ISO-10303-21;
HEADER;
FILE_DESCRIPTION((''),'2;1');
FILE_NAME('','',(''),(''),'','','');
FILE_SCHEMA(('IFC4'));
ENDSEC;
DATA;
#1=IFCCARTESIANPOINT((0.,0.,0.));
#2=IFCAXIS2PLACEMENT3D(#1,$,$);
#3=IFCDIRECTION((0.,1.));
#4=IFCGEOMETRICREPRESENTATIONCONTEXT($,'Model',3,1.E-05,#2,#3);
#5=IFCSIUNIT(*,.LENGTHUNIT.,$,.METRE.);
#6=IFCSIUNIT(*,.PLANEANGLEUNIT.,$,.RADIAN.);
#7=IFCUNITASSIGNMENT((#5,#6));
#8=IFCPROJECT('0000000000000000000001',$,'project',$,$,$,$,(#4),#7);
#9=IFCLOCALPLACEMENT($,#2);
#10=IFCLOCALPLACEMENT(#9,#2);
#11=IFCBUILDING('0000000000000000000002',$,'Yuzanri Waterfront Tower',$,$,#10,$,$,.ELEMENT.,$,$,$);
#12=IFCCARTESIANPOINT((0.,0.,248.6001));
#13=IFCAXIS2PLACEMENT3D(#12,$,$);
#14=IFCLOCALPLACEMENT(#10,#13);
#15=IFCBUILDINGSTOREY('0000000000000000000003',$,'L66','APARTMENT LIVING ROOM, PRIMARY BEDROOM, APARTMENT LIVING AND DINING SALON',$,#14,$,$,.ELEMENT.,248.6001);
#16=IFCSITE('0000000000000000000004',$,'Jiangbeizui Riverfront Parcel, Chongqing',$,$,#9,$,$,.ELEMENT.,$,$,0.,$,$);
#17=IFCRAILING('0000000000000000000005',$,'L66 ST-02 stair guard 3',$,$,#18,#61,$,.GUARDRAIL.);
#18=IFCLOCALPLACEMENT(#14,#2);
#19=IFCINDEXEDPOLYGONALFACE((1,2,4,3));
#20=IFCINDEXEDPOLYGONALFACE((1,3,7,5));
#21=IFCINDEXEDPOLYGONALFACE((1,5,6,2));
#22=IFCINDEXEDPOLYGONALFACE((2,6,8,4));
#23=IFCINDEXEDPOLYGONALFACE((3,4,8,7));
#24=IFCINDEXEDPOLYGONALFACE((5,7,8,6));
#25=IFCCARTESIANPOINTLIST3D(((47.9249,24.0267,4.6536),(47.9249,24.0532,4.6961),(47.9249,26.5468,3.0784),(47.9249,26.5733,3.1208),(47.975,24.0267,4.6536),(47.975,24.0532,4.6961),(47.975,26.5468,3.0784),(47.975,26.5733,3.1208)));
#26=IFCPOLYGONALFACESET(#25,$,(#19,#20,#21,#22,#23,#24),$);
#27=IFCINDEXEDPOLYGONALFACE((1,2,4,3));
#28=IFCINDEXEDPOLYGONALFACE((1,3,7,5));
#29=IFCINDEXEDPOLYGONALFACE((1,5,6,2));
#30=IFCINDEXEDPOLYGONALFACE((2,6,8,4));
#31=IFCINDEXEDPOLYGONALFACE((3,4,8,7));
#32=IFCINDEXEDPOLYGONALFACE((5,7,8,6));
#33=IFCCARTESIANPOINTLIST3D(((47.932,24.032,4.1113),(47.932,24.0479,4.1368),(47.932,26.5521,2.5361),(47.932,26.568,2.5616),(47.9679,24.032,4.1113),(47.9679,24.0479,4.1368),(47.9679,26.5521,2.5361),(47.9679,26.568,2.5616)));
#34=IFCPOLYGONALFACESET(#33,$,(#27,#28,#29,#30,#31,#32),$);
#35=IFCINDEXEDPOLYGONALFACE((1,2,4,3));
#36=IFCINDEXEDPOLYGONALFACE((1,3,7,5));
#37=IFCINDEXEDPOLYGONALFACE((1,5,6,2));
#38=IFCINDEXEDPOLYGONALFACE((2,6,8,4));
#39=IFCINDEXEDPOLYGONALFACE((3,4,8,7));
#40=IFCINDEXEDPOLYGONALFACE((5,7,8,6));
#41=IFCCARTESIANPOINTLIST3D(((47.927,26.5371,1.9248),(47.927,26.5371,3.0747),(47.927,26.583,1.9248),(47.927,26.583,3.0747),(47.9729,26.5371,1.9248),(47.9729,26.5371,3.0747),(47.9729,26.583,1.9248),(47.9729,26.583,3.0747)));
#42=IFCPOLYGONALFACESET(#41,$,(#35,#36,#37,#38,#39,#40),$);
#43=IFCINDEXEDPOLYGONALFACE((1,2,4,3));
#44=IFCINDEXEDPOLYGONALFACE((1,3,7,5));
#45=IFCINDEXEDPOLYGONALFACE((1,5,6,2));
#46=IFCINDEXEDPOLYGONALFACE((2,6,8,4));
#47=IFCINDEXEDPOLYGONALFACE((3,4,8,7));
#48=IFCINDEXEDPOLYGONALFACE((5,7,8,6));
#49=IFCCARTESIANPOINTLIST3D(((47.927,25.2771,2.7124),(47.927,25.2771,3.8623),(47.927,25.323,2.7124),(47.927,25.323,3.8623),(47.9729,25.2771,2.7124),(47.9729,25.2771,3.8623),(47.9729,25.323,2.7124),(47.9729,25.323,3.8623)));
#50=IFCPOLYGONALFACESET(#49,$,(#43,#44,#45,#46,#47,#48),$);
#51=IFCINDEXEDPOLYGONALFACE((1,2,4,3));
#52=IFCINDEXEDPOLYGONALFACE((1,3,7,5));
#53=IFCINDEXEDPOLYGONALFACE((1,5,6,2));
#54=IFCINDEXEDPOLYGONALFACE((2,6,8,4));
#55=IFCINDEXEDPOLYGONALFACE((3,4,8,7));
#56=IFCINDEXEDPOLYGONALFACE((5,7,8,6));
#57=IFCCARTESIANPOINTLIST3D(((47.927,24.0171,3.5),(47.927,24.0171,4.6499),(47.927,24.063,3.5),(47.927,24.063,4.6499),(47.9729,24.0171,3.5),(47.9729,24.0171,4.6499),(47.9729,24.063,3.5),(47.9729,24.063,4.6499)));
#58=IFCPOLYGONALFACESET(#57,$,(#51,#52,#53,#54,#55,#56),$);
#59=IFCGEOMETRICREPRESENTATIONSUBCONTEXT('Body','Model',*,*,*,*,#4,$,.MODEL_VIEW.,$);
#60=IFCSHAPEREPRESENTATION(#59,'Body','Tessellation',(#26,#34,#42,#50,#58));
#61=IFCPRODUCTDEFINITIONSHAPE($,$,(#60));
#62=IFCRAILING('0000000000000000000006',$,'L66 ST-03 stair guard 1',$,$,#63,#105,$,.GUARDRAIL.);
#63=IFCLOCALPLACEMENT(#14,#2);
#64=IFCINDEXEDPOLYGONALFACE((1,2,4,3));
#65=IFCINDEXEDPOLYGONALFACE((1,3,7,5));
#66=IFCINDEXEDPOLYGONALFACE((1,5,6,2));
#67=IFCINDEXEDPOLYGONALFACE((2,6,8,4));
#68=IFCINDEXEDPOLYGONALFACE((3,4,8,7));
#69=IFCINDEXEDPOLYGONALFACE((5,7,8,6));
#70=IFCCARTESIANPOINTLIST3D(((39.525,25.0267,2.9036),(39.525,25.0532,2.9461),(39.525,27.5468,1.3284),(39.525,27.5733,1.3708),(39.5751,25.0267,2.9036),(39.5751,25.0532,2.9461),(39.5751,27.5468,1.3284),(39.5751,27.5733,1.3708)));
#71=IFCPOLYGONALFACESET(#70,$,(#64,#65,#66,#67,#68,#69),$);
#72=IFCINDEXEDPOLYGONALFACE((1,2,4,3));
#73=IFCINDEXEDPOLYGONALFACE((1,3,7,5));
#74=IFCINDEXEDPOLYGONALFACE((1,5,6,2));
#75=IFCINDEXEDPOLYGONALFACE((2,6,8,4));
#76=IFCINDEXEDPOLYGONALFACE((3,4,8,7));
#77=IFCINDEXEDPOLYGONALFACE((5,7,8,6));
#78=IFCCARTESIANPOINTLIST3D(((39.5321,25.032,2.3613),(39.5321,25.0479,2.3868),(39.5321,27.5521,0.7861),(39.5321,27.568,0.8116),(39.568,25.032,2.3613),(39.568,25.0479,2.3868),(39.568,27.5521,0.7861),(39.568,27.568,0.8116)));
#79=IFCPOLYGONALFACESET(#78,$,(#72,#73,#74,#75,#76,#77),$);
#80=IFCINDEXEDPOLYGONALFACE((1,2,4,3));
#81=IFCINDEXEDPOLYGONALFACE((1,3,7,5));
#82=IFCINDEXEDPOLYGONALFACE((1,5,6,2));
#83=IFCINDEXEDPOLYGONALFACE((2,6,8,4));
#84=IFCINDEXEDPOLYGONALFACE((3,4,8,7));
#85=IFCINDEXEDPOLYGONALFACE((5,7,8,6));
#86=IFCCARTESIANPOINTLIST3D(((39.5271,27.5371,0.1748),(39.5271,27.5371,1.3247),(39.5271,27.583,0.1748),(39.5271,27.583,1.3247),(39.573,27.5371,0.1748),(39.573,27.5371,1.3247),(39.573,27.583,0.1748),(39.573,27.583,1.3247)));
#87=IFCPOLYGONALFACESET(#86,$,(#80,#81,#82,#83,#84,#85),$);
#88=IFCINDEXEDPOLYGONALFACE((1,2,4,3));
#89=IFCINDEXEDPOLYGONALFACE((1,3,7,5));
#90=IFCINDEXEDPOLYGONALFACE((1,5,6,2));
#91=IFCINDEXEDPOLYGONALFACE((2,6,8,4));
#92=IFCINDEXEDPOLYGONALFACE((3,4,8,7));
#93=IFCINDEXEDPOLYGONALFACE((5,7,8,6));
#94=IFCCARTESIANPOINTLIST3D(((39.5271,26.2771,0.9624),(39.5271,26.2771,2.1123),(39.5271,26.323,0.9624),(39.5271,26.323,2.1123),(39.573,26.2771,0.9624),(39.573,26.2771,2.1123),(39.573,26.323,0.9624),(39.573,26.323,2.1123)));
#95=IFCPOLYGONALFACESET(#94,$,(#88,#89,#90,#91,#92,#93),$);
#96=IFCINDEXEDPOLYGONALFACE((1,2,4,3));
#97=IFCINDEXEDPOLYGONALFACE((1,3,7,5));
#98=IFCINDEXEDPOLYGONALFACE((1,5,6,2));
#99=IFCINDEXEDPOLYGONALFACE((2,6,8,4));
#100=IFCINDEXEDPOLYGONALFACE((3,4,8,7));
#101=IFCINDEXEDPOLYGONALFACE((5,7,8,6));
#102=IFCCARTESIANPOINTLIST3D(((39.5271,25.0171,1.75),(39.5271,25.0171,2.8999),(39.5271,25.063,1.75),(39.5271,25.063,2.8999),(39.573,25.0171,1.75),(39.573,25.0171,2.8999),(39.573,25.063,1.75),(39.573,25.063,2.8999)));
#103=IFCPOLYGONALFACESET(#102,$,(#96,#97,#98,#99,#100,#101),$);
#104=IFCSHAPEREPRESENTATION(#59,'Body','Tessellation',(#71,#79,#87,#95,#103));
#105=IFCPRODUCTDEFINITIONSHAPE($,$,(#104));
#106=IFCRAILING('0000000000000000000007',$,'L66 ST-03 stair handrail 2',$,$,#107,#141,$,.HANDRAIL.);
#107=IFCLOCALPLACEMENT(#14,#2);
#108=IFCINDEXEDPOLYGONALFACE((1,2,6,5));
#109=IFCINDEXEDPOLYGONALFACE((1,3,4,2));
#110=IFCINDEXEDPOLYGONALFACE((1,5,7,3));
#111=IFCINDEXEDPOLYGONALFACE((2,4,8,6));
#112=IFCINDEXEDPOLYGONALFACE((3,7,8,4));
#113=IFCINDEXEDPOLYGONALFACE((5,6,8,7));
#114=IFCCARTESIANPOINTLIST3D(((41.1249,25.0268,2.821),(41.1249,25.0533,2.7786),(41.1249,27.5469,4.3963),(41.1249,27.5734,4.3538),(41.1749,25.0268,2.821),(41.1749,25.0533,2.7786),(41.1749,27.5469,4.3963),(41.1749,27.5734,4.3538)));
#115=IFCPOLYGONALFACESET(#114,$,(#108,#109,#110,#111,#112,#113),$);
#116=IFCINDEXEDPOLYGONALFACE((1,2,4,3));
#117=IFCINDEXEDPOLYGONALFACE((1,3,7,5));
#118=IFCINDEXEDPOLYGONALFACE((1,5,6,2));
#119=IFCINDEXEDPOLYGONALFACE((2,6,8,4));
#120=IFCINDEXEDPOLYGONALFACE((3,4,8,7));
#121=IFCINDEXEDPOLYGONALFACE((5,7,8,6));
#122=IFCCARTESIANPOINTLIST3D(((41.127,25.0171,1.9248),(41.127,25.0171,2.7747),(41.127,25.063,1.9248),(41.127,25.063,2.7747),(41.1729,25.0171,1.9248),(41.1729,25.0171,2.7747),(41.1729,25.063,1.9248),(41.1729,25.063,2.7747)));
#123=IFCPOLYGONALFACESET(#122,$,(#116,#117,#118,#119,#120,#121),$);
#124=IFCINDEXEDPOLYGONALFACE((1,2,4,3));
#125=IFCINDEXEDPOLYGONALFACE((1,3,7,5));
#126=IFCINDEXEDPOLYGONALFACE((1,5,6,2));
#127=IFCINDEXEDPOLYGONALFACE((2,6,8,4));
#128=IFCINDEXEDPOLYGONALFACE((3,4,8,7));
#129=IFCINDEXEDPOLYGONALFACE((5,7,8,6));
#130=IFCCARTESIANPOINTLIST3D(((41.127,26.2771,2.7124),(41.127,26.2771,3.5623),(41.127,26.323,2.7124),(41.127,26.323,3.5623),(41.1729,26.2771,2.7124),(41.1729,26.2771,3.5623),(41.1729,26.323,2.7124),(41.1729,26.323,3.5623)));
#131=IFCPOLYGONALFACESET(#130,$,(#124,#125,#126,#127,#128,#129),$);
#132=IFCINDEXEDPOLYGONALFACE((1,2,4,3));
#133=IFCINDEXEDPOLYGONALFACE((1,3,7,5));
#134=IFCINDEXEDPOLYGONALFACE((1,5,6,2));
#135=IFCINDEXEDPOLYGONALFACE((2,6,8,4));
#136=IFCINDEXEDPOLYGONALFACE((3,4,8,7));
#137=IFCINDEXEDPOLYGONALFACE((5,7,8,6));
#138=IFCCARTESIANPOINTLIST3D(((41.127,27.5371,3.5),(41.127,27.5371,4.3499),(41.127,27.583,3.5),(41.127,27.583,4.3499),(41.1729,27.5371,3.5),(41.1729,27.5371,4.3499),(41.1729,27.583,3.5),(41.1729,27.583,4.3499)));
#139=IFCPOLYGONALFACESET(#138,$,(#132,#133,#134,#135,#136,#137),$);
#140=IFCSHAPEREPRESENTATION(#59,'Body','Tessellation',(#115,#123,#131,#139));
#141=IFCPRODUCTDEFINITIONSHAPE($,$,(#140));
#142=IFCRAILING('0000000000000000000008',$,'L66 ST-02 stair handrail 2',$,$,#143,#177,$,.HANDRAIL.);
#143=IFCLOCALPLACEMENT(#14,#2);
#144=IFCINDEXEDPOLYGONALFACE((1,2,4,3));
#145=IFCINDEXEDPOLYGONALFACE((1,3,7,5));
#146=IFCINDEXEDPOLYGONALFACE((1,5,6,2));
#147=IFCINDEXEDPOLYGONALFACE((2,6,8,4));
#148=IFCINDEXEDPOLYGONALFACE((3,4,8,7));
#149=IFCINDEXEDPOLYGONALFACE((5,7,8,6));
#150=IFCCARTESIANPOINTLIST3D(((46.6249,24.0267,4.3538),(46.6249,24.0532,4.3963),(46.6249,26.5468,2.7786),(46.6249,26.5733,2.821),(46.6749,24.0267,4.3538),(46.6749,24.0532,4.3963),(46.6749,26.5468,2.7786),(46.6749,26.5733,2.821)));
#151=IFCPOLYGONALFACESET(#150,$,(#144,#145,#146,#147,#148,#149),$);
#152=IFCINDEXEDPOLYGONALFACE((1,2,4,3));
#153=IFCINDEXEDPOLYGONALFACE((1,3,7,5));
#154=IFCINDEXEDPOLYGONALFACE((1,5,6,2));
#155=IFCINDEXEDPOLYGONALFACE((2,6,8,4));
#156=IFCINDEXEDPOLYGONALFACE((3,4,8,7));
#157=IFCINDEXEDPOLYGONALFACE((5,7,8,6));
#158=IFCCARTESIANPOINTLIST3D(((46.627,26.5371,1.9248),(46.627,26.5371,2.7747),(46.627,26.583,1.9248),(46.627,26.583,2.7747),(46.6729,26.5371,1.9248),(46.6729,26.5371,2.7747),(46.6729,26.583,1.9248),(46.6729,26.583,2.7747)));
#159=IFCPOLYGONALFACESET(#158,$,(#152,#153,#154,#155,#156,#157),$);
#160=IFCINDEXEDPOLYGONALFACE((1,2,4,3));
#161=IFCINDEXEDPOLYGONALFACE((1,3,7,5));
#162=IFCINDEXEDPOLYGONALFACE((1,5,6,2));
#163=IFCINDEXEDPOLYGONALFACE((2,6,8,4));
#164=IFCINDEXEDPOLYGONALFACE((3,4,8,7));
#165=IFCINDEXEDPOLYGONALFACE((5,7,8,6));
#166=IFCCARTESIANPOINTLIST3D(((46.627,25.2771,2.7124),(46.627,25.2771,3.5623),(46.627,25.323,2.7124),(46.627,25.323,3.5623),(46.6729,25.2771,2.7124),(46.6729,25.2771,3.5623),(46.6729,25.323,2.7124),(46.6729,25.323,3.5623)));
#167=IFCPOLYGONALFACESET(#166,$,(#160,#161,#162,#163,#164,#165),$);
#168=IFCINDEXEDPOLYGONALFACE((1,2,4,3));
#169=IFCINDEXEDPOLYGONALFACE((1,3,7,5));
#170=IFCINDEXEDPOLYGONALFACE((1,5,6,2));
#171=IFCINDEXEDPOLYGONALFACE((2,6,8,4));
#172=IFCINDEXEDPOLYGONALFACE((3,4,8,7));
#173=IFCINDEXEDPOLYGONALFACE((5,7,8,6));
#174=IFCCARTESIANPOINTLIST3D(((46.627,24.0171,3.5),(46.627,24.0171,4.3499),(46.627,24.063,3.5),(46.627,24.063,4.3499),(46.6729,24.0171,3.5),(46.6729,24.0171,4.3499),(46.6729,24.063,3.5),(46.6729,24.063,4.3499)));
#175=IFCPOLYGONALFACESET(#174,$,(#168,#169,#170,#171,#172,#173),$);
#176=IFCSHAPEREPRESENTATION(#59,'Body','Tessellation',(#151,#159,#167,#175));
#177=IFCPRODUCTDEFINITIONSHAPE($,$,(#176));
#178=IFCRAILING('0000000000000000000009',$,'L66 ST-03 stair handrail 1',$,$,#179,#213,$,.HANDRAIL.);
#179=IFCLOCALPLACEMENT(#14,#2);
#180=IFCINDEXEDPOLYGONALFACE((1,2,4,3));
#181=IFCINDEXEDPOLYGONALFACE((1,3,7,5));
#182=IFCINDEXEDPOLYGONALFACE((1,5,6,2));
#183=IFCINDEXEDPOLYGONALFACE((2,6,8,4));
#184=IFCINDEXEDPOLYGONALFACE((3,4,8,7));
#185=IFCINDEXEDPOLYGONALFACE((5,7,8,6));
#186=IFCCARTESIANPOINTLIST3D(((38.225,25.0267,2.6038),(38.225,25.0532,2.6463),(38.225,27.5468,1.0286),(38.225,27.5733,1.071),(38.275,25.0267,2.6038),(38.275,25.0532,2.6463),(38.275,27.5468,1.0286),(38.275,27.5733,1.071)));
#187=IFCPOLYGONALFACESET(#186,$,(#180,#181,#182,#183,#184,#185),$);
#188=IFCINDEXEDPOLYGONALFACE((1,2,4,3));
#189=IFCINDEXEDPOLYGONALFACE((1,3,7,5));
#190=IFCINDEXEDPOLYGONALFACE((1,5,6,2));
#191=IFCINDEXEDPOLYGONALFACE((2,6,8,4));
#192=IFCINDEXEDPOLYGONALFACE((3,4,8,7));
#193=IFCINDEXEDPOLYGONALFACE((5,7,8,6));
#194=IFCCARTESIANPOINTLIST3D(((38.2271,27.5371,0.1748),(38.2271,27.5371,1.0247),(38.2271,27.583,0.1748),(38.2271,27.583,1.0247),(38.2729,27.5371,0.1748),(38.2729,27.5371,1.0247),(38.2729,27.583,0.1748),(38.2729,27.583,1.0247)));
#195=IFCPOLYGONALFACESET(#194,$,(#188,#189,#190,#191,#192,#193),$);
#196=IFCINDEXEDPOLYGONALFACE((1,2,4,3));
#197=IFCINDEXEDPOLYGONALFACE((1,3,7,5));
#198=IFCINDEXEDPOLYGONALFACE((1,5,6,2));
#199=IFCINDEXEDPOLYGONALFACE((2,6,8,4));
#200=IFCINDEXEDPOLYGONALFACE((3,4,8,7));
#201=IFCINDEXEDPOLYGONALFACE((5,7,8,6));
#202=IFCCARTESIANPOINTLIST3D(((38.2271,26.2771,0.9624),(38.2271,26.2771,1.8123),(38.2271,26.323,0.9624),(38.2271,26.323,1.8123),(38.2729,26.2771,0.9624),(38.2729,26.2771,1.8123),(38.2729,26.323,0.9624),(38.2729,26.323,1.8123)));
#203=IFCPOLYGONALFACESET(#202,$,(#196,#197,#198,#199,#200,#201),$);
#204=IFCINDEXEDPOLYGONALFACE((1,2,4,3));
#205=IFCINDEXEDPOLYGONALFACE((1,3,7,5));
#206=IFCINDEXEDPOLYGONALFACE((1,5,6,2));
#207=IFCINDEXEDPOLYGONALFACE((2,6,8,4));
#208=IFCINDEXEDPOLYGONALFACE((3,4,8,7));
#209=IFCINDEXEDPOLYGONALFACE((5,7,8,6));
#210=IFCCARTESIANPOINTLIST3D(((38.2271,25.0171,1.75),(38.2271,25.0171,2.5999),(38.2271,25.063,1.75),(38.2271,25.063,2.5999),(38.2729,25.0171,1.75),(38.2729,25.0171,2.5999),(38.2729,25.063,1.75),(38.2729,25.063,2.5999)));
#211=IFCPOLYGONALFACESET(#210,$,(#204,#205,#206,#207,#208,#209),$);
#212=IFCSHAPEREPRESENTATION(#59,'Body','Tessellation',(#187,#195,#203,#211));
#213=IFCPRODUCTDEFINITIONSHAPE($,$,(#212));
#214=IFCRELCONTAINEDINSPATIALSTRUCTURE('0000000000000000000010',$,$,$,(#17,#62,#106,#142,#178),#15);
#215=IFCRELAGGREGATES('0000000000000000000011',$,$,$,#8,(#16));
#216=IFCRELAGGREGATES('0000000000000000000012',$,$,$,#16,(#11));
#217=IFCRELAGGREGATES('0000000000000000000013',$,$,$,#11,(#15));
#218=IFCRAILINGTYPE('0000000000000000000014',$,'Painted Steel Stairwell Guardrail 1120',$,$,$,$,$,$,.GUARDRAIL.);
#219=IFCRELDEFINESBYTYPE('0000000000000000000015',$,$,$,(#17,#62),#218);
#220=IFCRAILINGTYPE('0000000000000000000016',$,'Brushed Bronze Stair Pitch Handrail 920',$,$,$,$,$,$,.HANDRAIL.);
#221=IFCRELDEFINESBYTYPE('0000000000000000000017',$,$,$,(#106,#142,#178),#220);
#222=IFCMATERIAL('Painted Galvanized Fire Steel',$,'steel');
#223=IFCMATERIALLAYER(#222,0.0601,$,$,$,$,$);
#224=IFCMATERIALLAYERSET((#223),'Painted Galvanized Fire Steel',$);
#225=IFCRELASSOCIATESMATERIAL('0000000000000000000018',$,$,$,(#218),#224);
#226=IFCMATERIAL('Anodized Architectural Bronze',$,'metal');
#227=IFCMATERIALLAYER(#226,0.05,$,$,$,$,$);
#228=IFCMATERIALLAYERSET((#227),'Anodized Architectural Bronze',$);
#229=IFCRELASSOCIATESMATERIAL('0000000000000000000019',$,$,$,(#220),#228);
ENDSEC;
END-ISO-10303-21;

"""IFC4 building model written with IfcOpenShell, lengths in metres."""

from ifc_helpers import new_model, si_unit, direction, frame, origin, origin_2d, place, context, subcontext, project, spatial, rectangle, extrude, source, transform, mapped, material, layer, layer_set, type_object, element, save


model = new_model("IFC4")

# Units and contexts
model_context = context("Model", 3, precision=1e-05, world=origin(), true_north=direction((0.0, 1.0)))
body_context = subcontext(model_context, "Body", "Model", "MODEL_VIEW")
ifc_project = project(units=[si_unit("LENGTHUNIT", "METRE"), si_unit("PLANEANGLEUNIT", "RADIAN")], contexts=[model_context])

# Site, building, storey
site_placement = place(None, origin())
site = spatial("IfcSite", under=ifc_project, at=site_placement, Name="Jiangbeizui Riverfront Parcel, Chongqing", CompositionType="ELEMENT", RefElevation=0.0)
building_placement = place(site_placement, origin())
building = spatial("IfcBuilding", under=site, at=building_placement, Name="Yuzanri Waterfront Tower", CompositionType="ELEMENT")
storey_placement = place(building_placement, frame((0.0, 0.0, 248.6001)))
storey = spatial("IfcBuildingStorey", under=building, at=storey_placement, Name="L66", Description="APARTMENT LIVING ROOM, PRIMARY BEDROOM, APARTMENT LIVING AND DINING SALON", CompositionType="ELEMENT", Elevation=248.6001)

# Railings
ifc_material_1 = material(Name="Painted Galvanized Fire Steel", Category="steel")
ifc_layer_1 = layer(ifc_material_1, 0.0601)
ifc_layer_set_1 = layer_set([ifc_layer_1], Name="Painted Galvanized Fire Steel")
railing_type_1 = type_object("IfcRailingType", Name="Painted Steel Stairwell Guardrail 1120", PredefinedType="GUARDRAIL", material=ifc_layer_set_1)
shared_shape_1 = source(origin(), body_context, "Body", "SweptSolid", [
    extrude(rectangle(XDim=0.05, YDim=0.05, at=origin_2d()), frame((0.0, 0.0, 1.1748), z_axis=(0.0, -0.847971, 0.530043), x_axis=(1.0, 0.0, 0.0)), (0.0, 0.0, 1.0), 2.9719),
    extrude(rectangle(XDim=0.0359, YDim=0.03, at=origin_2d()), frame((0.0, 0.0, 0.624), z_axis=(0.0, -0.847971, 0.530043), x_axis=(1.0, 0.0, 0.0)), (0.0, 0.0, 1.0), 2.9719),
    extrude(rectangle(XDim=0.0459, YDim=0.0459, at=origin_2d()), origin(), (0.0, 0.0, 1.0), 1.1499),
    extrude(rectangle(XDim=0.0459, YDim=0.0459, at=origin_2d()), frame((0.0, -1.26, 0.7876)), (0.0, 0.0, 1.0), 1.1499),
    extrude(rectangle(XDim=0.0459, YDim=0.0459, at=origin_2d()), frame((0.0, -2.52, 1.5752)), (0.0, 0.0, 1.0), 1.1499),
])
for number, where, name in (
    (1, (47.95, 26.5601, 1.9248), "L66 ST-02 stair guard 3"),
    (2, (39.55, 27.5601, 0.1748), "L66 ST-03 stair guard 1"),
):
    element("IfcRailing", number, at=place(storey_placement, frame(where)), inside=storey, type_object=railing_type_1, Name=name, PredefinedType="GUARDRAIL", context=body_context, shape_type="MappedRepresentation", body=[
        mapped(shared_shape_1, transform((0.0, 0.0, 0.0), scale=1.0)),
    ])
ifc_material_2 = material(Name="Anodized Architectural Bronze", Category="metal")
ifc_layer_2 = layer(ifc_material_2, 0.05)
ifc_layer_set_2 = layer_set([ifc_layer_2], Name="Anodized Architectural Bronze")
railing_type_2 = type_object("IfcRailingType", Name="Brushed Bronze Stair Pitch Handrail 920", PredefinedType="HANDRAIL", material=ifc_layer_set_2)
shared_shape_2 = source(origin(), body_context, "Body", "SweptSolid", [
    extrude(rectangle(XDim=0.05, YDim=0.05, at=origin_2d()), frame((0.0, 0.0, 0.875), z_axis=(0.0, 0.847971, 0.530043), x_axis=(-1.0, 0.0, 0.0)), (0.0, 0.0, 1.0), 2.9719),
    extrude(rectangle(XDim=0.0459, YDim=0.0459, at=origin_2d()), origin(), (0.0, 0.0, 1.0), 0.8499),
    extrude(rectangle(XDim=0.0459, YDim=0.0459, at=origin_2d()), frame((0.0, 1.26, 0.7876)), (0.0, 0.0, 1.0), 0.8499),
    extrude(rectangle(XDim=0.0459, YDim=0.0459, at=origin_2d()), frame((0.0, 2.52, 1.5752)), (0.0, 0.0, 1.0), 0.8499),
])
railing_1_placement = place(storey_placement, frame((41.1499, 25.04, 1.9248)))
element("IfcRailing", 3, at=railing_1_placement, inside=storey, type_object=railing_type_2, Name="L66 ST-03 stair handrail 2", PredefinedType="HANDRAIL", context=body_context, shape_type="MappedRepresentation", body=[
    mapped(shared_shape_2, transform((0.0, 0.0, 0.0), scale=1.0)),
])
shared_shape_3 = source(origin(), body_context, "Body", "SweptSolid", [
    extrude(rectangle(XDim=0.05, YDim=0.05, at=origin_2d()), frame((0.0, 0.0, 0.875), z_axis=(0.0, -0.847971, 0.530043), x_axis=(1.0, 0.0, 0.0)), (0.0, 0.0, 1.0), 2.9719),
    extrude(rectangle(XDim=0.0459, YDim=0.0459, at=origin_2d()), origin(), (0.0, 0.0, 1.0), 0.8499),
    extrude(rectangle(XDim=0.0459, YDim=0.0459, at=origin_2d()), frame((0.0, -1.26, 0.7876)), (0.0, 0.0, 1.0), 0.8499),
    extrude(rectangle(XDim=0.0459, YDim=0.0459, at=origin_2d()), frame((0.0, -2.52, 1.5752)), (0.0, 0.0, 1.0), 0.8499),
])
for number, where, name in (
    (4, (46.6499, 26.5601, 1.9248), "L66 ST-02 stair handrail 2"),
    (5, (38.25, 27.5601, 0.1748), "L66 ST-03 stair handrail 1"),
):
    element("IfcRailing", number, at=place(storey_placement, frame(where)), inside=storey, type_object=railing_type_2, Name=name, PredefinedType="HANDRAIL", context=body_context, shape_type="MappedRepresentation", body=[
        mapped(shared_shape_3, transform((0.0, 0.0, 0.0), scale=1.0)),
    ])

save(model, "model.ifc")
